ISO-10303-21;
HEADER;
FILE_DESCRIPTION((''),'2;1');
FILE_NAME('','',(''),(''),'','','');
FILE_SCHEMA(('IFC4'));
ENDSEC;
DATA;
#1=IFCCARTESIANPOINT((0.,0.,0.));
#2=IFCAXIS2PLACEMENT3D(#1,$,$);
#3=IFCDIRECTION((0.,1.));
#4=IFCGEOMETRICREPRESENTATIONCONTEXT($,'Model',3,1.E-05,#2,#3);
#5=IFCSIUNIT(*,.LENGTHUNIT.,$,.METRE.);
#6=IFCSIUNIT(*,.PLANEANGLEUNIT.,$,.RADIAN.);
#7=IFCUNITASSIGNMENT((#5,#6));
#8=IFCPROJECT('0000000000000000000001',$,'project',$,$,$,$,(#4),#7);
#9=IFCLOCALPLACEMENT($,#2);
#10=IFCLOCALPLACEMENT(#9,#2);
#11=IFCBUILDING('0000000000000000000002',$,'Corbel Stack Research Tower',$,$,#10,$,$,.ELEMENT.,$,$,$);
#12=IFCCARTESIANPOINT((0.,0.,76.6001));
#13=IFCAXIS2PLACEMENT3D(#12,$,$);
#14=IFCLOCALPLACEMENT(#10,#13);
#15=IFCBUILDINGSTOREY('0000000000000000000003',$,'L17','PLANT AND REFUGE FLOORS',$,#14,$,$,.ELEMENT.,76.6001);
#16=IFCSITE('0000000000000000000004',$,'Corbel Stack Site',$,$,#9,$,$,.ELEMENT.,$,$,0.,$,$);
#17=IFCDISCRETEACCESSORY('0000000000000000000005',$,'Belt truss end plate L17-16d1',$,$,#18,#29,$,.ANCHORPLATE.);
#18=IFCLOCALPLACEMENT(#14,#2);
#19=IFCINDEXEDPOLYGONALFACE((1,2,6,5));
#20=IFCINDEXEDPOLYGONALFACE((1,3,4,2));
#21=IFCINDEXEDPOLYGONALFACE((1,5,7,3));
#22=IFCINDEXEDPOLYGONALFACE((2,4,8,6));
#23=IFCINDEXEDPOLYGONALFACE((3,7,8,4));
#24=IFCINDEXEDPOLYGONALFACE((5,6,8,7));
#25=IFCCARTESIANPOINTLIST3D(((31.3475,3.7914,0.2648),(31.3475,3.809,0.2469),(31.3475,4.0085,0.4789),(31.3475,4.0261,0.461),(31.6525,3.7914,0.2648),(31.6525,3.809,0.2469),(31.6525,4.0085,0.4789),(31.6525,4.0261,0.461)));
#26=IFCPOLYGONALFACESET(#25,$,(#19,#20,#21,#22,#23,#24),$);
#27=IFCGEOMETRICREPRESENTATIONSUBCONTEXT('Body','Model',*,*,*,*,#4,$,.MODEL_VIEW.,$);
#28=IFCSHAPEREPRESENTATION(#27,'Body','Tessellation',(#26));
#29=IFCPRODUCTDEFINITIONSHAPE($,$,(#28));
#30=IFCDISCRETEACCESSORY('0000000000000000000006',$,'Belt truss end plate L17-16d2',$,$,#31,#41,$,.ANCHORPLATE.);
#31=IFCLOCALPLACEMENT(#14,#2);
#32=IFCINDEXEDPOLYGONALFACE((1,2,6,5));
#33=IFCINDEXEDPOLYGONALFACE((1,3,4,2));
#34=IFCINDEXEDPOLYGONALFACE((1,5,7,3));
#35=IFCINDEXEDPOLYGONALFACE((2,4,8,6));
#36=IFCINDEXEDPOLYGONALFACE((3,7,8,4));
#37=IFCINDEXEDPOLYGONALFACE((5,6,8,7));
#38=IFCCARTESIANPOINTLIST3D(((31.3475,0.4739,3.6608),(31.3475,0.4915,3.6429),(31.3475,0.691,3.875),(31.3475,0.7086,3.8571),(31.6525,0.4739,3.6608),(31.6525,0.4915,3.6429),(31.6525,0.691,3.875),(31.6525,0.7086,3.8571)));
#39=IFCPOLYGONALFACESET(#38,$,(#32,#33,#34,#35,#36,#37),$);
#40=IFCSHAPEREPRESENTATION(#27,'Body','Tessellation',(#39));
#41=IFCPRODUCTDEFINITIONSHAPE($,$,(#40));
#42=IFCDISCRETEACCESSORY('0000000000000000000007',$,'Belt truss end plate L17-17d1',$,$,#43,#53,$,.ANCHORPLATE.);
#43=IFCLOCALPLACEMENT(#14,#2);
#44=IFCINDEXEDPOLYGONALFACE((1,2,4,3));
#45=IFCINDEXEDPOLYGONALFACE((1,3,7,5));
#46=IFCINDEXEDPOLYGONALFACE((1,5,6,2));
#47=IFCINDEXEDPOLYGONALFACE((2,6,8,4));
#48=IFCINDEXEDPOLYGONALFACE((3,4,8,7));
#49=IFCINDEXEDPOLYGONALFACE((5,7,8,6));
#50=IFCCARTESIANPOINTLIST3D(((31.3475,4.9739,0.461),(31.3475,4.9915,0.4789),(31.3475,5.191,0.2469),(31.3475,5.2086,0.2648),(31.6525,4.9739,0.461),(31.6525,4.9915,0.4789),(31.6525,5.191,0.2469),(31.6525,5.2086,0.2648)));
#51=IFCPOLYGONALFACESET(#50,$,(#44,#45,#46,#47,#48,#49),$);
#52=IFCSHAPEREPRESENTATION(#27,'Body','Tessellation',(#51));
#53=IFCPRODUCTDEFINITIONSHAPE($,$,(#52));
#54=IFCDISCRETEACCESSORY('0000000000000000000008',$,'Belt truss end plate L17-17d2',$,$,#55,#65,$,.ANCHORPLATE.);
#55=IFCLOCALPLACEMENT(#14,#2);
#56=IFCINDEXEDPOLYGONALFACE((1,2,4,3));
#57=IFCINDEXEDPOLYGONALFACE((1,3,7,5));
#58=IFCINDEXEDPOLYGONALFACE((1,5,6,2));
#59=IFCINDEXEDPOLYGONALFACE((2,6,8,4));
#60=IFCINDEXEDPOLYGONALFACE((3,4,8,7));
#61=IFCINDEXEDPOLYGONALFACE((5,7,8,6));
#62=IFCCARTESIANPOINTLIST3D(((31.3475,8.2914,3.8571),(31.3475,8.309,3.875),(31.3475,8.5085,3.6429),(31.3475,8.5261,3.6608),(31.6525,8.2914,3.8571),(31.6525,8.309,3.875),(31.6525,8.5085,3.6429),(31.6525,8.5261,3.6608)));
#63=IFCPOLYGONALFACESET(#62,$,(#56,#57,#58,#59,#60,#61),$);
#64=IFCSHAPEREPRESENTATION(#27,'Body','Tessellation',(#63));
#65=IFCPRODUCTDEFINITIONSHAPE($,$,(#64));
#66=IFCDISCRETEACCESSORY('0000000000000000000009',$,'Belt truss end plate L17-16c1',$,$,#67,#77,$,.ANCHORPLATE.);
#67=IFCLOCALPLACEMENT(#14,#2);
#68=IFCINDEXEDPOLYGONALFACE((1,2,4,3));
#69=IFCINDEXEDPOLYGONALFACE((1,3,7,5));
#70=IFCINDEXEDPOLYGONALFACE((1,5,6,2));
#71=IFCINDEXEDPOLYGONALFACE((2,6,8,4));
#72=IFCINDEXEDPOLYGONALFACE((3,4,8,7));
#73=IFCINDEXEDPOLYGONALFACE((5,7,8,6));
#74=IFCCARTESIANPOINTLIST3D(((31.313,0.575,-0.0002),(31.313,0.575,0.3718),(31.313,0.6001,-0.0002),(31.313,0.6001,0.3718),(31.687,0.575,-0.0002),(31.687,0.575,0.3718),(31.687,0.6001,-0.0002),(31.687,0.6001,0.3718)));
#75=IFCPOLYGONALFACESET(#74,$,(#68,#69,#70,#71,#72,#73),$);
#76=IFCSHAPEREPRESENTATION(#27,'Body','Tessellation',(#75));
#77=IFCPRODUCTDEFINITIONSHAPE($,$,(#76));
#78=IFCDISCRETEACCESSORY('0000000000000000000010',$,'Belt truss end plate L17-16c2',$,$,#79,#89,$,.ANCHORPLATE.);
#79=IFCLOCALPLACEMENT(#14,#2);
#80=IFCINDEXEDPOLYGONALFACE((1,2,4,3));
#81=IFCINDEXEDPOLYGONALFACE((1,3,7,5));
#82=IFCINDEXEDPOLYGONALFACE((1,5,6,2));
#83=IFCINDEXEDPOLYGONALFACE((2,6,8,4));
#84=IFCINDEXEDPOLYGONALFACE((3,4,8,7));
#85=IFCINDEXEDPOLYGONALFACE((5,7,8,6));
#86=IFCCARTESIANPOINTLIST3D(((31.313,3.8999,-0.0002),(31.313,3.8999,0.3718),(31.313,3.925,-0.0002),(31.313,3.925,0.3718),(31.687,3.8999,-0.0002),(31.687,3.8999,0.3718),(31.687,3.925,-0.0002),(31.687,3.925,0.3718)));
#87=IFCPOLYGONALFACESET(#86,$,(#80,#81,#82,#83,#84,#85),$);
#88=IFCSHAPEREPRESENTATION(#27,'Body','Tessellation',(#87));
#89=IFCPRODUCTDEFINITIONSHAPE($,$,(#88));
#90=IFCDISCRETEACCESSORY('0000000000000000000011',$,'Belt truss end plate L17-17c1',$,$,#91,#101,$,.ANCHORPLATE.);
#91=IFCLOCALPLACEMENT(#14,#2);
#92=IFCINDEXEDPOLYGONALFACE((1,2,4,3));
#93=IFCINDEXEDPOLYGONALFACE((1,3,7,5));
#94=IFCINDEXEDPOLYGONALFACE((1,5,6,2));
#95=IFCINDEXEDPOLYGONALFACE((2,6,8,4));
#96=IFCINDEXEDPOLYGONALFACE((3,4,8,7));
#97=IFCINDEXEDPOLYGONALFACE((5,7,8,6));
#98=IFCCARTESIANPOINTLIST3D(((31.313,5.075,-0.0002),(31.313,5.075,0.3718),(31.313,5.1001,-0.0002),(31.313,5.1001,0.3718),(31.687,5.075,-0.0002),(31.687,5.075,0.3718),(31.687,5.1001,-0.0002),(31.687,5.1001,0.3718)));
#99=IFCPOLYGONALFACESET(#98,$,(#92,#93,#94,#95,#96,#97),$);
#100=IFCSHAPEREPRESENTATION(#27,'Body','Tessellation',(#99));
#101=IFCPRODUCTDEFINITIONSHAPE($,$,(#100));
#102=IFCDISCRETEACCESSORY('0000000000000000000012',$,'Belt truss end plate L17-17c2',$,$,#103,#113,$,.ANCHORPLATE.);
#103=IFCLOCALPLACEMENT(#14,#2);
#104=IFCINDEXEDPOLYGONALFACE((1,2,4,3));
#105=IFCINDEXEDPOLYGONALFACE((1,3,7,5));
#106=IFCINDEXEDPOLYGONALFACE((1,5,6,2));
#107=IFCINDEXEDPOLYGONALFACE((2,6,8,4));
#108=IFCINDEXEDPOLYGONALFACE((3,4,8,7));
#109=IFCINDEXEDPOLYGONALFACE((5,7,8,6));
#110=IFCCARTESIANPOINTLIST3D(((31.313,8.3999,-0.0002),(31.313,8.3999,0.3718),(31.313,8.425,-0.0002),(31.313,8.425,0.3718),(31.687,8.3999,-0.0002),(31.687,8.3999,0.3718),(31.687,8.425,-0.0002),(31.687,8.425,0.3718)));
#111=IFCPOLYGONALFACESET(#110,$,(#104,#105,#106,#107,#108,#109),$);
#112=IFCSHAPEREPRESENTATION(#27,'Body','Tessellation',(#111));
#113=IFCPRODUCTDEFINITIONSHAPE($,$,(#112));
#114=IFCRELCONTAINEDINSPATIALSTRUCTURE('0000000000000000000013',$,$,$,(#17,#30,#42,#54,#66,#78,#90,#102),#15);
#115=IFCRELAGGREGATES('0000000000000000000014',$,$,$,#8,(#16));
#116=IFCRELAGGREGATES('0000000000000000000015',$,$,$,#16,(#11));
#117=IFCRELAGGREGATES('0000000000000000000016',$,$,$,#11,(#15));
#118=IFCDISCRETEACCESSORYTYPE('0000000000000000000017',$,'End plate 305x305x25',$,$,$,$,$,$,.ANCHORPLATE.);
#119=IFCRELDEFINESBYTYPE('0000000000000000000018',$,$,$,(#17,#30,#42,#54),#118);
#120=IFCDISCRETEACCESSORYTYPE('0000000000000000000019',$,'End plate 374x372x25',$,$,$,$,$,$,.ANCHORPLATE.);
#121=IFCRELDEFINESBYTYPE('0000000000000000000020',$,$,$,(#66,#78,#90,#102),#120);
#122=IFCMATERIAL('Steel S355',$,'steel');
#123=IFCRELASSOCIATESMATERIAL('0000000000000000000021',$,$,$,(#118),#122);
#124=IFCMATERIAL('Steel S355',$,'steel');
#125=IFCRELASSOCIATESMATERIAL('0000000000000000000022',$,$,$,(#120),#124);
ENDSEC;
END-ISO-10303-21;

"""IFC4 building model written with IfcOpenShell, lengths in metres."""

from ifc_helpers import new_model, si_unit, direction, frame, origin, origin_2d, place, context, subcontext, project, spatial, rectangle, extrude, material, material_profile, profile_set, type_object, element, save


model = new_model("IFC4")

# Units and contexts
model_context = context("Model", 3, precision=1e-05, world=origin(), true_north=direction((0.0, 1.0)))
body_context = subcontext(model_context, "Body", "Model", "MODEL_VIEW")
ifc_project = project(units=[si_unit("LENGTHUNIT", "METRE"), si_unit("PLANEANGLEUNIT", "RADIAN")], contexts=[model_context])

# Site, building, storey
site_placement = place(None, origin())
site = spatial("IfcSite", under=ifc_project, at=site_placement, Name="Corbel Stack Site", CompositionType="ELEMENT", RefElevation=0.0)
building_placement = place(site_placement, origin())
building = spatial("IfcBuilding", under=site, at=building_placement, Name="Corbel Stack Research Tower", CompositionType="ELEMENT")
storey_placement = place(building_placement, frame((0.0, 0.0, 76.6001)))
storey = spatial("IfcBuildingStorey", under=building, at=storey_placement, Name="L17", Description="PLANT AND REFUGE FLOORS", CompositionType="ELEMENT", Elevation=76.6001)

# Discrete accessories
ifc_material_1 = material(Name="Steel S355", Category="steel")
ifc_material_profile_1 = material_profile(ifc_material_1, rectangle(XDim=0.3049, YDim=0.3049, at=origin_2d()), Name="End plate 305x305x25")
ifc_profile_set_1 = profile_set([ifc_material_profile_1], Name="Steel S355")
discrete_accessory_type_1 = type_object("IfcDiscreteAccessoryType", Name="End plate 305x305x25", PredefinedType="ANCHORPLATE", material=ifc_profile_set_1)
for number, where, z_axis, x_axis, name in (
    (1, (31.5, 3.8999, 0.3718), (0.0, 0.702213, -0.711966), (-1.0, 0.0, 0.0), "Belt truss end plate L17-16d1"),
    (2, (31.5, 0.6001, 3.75), (0.0, -0.702213, 0.711966), (1.0, 0.0, 0.0), "Belt truss end plate L17-16d2"),
    (3, (31.5, 5.1001, 0.3718), (0.0, -0.702213, -0.711966), (1.0, 0.0, 0.0), "Belt truss end plate L17-17d1"),
    (4, (31.5, 8.3999, 3.75), (0.0, 0.702213, 0.711966), (-1.0, 0.0, 0.0), "Belt truss end plate L17-17d2"),
):
    element("IfcDiscreteAccessory", number, at=place(storey_placement, frame(where, z_axis=z_axis, x_axis=x_axis)), inside=storey, type_object=discrete_accessory_type_1, Name=name, PredefinedType="ANCHORPLATE", context=body_context, shape_type="SweptSolid", body=[
        extrude(rectangle(XDim=0.3049, YDim=0.3049, at=origin_2d()), origin(), (0.0, 0.0, 1.0), 0.0251),
    ])
ifc_material_2 = material(Name="Steel S355", Category="steel")
ifc_material_profile_2 = material_profile(ifc_material_2, rectangle(XDim=0.374, YDim=0.3721, at=origin_2d()), Name="End plate 374x372x25")
ifc_profile_set_2 = profile_set([ifc_material_profile_2], Name="Steel S355")
discrete_accessory_type_2 = type_object("IfcDiscreteAccessoryType", Name="End plate 374x372x25", PredefinedType="ANCHORPLATE", material=ifc_profile_set_2)
for number, where, z_axis, x_axis, name in (
    (5, (31.5, 0.6001, 0.1858), (0.0, -1.0, 0.0), (1.0, 0.0, 0.0), "Belt truss end plate L17-16c1"),
    (6, (31.5, 3.8999, 0.1858), (0.0, 1.0, 0.0), (-1.0, 0.0, 0.0), "Belt truss end plate L17-16c2"),
    (7, (31.5, 5.1001, 0.1858), (0.0, -1.0, 0.0), (1.0, 0.0, 0.0), "Belt truss end plate L17-17c1"),
    (8, (31.5, 8.3999, 0.1858), (0.0, 1.0, 0.0), (-1.0, 0.0, 0.0), "Belt truss end plate L17-17c2"),
):
    element("IfcDiscreteAccessory", number, at=place(storey_placement, frame(where, z_axis=z_axis, x_axis=x_axis)), inside=storey, type_object=discrete_accessory_type_2, Name=name, PredefinedType="ANCHORPLATE", context=body_context, shape_type="SweptSolid", body=[
        extrude(rectangle(XDim=0.374, YDim=0.3721, at=origin_2d()), origin(), (0.0, 0.0, 1.0), 0.0251),
    ])

save(model, "model.ifc")
